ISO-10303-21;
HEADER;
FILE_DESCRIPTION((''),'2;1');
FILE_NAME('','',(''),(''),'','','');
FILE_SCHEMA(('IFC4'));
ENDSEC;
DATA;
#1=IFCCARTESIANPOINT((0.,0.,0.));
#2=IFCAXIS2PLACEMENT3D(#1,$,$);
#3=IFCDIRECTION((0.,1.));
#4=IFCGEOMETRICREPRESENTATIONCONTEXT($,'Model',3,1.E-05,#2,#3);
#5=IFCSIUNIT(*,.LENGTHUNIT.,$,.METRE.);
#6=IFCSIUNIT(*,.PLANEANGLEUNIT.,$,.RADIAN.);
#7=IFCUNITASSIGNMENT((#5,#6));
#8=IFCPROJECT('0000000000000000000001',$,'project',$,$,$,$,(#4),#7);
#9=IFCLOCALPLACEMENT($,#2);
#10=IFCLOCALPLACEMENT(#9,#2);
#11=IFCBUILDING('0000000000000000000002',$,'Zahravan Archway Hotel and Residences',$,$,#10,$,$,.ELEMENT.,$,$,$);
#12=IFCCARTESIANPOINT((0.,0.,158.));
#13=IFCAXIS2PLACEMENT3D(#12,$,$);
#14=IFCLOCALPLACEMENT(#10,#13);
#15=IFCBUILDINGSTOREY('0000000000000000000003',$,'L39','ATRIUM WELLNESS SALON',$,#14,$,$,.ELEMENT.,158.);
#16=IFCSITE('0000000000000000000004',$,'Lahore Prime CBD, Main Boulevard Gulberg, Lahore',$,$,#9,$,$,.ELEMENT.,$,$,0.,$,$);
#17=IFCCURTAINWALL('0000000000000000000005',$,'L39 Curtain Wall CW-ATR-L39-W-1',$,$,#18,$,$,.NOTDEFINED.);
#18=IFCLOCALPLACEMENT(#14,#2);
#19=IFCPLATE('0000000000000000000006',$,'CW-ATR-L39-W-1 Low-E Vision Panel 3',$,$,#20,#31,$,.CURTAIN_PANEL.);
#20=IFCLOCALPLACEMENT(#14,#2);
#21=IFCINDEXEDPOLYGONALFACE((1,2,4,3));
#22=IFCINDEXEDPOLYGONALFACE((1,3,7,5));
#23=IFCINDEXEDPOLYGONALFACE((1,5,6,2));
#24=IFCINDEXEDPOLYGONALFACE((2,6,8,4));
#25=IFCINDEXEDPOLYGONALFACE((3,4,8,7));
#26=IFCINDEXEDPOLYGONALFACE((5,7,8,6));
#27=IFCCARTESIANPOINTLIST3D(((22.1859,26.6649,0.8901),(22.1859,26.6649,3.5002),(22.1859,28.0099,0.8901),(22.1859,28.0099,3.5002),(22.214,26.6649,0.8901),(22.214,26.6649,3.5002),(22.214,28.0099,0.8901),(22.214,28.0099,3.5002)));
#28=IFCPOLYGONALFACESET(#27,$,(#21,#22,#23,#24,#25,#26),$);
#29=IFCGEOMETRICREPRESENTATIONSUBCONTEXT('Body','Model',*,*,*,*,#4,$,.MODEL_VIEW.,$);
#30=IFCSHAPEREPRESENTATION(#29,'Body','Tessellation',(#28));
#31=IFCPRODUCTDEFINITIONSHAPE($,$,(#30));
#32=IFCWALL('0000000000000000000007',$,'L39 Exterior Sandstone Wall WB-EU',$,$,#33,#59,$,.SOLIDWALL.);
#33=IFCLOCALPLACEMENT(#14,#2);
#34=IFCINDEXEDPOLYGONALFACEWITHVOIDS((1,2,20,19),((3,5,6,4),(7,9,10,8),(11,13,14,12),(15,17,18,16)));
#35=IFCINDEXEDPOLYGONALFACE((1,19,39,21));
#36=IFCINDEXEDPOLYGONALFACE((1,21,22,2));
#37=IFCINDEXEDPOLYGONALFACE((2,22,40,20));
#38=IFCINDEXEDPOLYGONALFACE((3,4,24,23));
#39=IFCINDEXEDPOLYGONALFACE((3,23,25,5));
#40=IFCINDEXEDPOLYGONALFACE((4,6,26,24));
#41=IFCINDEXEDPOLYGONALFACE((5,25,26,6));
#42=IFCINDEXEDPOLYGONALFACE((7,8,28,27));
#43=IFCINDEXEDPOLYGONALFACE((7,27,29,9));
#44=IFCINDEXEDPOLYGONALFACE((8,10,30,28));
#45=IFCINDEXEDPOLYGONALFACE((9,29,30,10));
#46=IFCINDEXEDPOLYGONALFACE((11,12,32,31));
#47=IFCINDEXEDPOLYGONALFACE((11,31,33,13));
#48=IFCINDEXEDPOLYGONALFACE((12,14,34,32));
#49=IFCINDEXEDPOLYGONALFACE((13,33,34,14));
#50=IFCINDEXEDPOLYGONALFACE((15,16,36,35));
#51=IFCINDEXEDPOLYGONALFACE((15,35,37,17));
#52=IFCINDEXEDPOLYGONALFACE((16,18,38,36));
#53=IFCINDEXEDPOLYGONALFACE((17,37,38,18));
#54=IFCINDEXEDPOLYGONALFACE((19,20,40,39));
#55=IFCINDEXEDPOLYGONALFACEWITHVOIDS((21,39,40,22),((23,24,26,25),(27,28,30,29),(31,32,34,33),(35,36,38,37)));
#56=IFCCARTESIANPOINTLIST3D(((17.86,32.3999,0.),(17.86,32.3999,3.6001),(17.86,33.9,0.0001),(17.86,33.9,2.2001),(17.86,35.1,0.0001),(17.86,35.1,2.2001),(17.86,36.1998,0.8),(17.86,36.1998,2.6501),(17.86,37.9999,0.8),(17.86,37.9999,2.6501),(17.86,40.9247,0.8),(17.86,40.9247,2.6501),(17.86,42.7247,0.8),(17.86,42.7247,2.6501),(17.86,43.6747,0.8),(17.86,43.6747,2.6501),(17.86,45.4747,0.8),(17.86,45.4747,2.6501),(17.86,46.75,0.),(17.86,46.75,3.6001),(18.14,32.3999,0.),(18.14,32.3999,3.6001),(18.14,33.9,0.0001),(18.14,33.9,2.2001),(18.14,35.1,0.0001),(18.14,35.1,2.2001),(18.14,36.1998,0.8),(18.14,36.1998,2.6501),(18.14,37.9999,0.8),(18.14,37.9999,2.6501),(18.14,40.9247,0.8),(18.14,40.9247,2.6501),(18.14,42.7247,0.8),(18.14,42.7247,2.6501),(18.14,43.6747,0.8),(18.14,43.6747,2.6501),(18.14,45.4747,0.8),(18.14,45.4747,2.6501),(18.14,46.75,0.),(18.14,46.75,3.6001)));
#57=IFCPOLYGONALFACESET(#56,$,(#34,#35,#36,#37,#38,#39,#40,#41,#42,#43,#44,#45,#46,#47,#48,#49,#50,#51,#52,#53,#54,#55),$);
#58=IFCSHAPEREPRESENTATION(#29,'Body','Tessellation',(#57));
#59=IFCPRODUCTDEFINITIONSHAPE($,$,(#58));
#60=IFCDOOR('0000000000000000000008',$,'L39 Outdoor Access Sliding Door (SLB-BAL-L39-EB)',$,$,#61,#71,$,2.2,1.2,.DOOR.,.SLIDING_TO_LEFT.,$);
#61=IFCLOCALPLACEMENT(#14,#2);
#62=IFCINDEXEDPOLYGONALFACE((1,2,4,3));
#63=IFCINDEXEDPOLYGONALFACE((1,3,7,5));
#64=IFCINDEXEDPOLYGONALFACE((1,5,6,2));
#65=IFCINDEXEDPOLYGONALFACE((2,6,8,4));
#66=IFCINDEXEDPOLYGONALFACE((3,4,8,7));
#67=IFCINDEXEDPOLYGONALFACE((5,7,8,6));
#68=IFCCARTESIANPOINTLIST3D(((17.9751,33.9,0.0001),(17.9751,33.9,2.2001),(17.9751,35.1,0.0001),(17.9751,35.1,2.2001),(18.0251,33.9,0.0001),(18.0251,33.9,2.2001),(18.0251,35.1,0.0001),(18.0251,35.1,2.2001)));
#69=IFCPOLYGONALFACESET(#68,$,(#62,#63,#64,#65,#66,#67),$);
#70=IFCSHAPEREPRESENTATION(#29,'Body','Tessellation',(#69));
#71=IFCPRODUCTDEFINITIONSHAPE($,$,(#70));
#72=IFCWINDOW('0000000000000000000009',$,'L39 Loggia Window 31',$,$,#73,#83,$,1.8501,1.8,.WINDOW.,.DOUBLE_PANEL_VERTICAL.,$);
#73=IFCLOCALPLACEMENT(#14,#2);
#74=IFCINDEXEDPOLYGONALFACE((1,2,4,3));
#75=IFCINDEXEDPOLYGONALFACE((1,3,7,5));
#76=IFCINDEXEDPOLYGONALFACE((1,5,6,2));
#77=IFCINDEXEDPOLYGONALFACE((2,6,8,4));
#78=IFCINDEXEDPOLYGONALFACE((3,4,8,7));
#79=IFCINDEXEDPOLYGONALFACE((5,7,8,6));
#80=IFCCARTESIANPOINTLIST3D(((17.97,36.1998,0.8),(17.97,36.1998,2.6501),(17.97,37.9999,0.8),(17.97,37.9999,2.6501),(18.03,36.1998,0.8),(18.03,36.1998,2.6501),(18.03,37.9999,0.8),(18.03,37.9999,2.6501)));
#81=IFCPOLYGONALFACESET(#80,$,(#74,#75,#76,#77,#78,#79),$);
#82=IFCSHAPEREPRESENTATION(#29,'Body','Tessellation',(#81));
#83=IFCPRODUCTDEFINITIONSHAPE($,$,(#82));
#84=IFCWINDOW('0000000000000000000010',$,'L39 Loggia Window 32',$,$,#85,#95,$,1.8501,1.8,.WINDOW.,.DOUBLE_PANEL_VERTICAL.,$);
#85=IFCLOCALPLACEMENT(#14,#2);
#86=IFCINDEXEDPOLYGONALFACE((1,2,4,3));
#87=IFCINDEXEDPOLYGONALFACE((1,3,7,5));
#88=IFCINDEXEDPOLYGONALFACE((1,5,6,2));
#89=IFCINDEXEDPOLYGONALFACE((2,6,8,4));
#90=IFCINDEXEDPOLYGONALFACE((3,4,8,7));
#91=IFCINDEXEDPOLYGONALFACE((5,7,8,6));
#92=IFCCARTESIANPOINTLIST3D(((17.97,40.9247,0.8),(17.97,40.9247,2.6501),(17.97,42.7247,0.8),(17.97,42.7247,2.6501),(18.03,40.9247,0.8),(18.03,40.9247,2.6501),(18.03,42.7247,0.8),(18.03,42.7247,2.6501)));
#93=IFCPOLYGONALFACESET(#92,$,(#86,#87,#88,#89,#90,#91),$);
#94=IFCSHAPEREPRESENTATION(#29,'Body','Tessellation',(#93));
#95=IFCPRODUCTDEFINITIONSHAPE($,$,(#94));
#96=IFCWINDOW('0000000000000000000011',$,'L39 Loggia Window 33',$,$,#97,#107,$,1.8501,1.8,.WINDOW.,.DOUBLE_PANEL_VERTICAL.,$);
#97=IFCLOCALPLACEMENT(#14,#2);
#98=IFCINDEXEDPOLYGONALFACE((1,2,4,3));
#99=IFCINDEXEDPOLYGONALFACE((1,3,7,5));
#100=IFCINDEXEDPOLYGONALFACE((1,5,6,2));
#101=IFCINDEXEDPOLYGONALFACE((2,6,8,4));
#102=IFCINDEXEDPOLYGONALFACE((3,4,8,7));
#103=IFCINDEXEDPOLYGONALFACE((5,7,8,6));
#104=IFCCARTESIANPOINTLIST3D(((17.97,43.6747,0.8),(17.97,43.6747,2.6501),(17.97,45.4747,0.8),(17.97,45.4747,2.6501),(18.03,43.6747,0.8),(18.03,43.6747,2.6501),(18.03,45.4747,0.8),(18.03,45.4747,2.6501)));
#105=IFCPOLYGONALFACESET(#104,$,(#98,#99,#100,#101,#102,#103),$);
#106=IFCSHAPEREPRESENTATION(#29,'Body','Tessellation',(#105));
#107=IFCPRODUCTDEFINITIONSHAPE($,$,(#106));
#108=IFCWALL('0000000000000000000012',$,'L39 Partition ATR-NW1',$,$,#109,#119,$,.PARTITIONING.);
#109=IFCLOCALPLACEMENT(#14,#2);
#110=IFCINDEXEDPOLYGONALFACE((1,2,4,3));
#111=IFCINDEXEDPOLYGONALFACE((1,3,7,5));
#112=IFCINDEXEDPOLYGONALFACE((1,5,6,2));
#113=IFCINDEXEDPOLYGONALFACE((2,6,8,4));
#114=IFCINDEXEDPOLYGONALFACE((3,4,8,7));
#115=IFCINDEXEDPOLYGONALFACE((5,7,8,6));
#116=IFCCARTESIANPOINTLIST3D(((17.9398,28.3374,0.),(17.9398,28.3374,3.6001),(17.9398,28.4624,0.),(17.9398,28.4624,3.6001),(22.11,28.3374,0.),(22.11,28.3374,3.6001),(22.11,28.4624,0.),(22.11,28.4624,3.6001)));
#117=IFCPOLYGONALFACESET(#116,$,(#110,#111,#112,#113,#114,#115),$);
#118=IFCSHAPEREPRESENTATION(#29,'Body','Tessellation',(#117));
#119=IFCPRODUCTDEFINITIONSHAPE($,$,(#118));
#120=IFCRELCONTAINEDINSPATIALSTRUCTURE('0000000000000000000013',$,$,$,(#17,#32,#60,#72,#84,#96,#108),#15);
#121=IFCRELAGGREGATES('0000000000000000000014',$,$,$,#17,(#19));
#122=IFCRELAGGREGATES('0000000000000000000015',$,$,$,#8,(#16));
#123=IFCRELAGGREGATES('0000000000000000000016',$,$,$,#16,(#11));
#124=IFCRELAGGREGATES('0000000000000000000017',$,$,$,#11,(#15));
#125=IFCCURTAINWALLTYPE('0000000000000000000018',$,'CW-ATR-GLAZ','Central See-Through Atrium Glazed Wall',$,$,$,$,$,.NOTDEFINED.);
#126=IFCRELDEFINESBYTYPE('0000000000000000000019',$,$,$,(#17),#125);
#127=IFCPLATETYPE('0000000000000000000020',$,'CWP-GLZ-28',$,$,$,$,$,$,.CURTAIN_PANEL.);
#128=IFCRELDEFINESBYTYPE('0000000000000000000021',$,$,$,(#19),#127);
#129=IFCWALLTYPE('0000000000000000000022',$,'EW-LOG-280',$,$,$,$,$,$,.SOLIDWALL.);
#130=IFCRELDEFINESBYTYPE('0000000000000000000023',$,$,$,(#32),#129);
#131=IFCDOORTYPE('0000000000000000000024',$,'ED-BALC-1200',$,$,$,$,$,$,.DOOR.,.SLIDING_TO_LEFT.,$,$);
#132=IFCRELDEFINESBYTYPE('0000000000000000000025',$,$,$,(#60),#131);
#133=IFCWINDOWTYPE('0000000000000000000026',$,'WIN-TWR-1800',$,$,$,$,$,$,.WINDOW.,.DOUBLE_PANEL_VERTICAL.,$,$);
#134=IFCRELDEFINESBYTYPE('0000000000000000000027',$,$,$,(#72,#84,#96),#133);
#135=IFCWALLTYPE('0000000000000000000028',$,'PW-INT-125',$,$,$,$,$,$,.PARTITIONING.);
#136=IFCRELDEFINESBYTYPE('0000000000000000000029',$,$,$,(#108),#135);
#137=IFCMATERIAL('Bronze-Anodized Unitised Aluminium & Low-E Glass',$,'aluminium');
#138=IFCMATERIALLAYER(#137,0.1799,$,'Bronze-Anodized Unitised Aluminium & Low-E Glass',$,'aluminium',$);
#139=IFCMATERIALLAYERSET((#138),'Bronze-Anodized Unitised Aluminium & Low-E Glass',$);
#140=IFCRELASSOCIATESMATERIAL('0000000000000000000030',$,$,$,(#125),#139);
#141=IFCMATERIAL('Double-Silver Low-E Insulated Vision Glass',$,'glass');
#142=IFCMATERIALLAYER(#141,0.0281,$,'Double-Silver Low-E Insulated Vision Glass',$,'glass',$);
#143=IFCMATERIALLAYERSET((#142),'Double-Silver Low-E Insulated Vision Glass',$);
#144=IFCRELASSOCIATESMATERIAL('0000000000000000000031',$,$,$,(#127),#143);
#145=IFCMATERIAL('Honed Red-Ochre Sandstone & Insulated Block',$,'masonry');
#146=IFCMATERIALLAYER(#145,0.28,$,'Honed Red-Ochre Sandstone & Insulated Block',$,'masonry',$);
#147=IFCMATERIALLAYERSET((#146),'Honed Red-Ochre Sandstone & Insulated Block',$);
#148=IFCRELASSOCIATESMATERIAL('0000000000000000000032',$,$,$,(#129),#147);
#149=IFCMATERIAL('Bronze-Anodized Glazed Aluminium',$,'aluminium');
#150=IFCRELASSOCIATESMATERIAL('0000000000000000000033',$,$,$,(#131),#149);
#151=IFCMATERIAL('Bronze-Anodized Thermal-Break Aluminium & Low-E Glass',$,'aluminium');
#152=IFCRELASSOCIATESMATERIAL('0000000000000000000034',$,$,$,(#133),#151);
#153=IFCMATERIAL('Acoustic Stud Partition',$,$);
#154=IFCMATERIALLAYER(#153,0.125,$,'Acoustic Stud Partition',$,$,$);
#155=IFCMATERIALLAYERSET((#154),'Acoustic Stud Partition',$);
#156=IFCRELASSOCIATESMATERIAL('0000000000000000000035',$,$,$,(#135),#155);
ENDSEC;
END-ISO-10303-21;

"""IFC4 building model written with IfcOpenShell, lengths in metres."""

from ifc_helpers import new_model, si_unit, direction, frame, frame_2d, origin, origin_2d, place, context, subcontext, project, spatial, rectangle, extrude, source, transform, mapped, material, layer, layer_set, type_object, type_shapes, element, fill, aggregate, save


model = new_model("IFC4")

# Units and contexts
model_context = context("Model", 3, precision=1e-05, world=origin(), true_north=direction((0.0, 1.0)))
body_context = subcontext(model_context, "Body", "Model", "MODEL_VIEW")
ifc_project = project(units=[si_unit("LENGTHUNIT", "METRE"), si_unit("PLANEANGLEUNIT", "RADIAN")], contexts=[model_context])

# Site, building, storey
site_placement = place(None, origin())
site = spatial("IfcSite", under=ifc_project, at=site_placement, Name="Lahore Prime CBD, Main Boulevard Gulberg, Lahore", CompositionType="ELEMENT", RefElevation=0.0)
building_placement = place(site_placement, origin())
building = spatial("IfcBuilding", under=site, at=building_placement, Name="Zahravan Archway Hotel and Residences", CompositionType="ELEMENT")
storey_placement = place(building_placement, frame((0.0, 0.0, 158.0)))
storey = spatial("IfcBuildingStorey", under=building, at=storey_placement, Name="L39", Description="ATRIUM WELLNESS SALON", CompositionType="ELEMENT", Elevation=158.0)

# Curtain wall
ifc_material_1 = material(Name="Bronze-Anodized Unitised Aluminium & Low-E Glass", Category="aluminium")
ifc_layer_1 = layer(ifc_material_1, 0.1799, Name="Bronze-Anodized Unitised Aluminium & Low-E Glass", Category="aluminium")
ifc_layer_set_1 = layer_set([ifc_layer_1], Name="Bronze-Anodized Unitised Aluminium & Low-E Glass")
curtain_wall_type = type_object("IfcCurtainWallType", Name="CW-ATR-GLAZ", Description="Central See-Through Atrium Glazed Wall", PredefinedType="NOTDEFINED", material=ifc_layer_set_1)
curtain_wall_1_placement = place(storey_placement, origin())
curtain_wall_1 = element("IfcCurtainWall", 1, at=curtain_wall_1_placement, inside=storey, type_object=curtain_wall_type, Name="L39 Curtain Wall CW-ATR-L39-W-1", PredefinedType="NOTDEFINED")

# Plate
ifc_material_2 = material(Name="Double-Silver Low-E Insulated Vision Glass", Category="glass")
ifc_layer_2 = layer(ifc_material_2, 0.0281, Name="Double-Silver Low-E Insulated Vision Glass", Category="glass")
ifc_layer_set_2 = layer_set([ifc_layer_2], Name="Double-Silver Low-E Insulated Vision Glass")
plate_type_1 = type_object("IfcPlateType", Name="CWP-GLZ-28", PredefinedType="CURTAIN_PANEL", material=ifc_layer_set_2)
shared_shape_1 = source(origin(), body_context, "Body", "SweptSolid", [
    extrude(rectangle(XDim=1.345, YDim=0.0281, at=origin_2d()), origin(), (0.0, 0.0, 1.0), 2.6101),
])
plate_1_placement = place(storey_placement, frame((22.2, 27.3374, 0.8901), z_axis=(0.0, 0.0, 1.0), x_axis=(0.0, 1.0, 0.0)))
plate_1 = element("IfcPlate", 2, at=plate_1_placement, type_object=plate_type_1, Name="CW-ATR-L39-W-1 Low-E Vision Panel 3", PredefinedType="CURTAIN_PANEL", context=body_context, shape_type="MappedRepresentation", body=[
    mapped(shared_shape_1, transform((0.0, 0.0, 0.0), scale=1.0)),
])
aggregate(curtain_wall_1, [plate_1])

# Wall, openings, door, windows
ifc_material_3 = material(Name="Honed Red-Ochre Sandstone & Insulated Block", Category="masonry")
ifc_layer_3 = layer(ifc_material_3, 0.28, Name="Honed Red-Ochre Sandstone & Insulated Block", Category="masonry")
ifc_layer_set_3 = layer_set([ifc_layer_3], Name="Honed Red-Ochre Sandstone & Insulated Block")
wall_type_1 = type_object("IfcWallType", Name="EW-LOG-280", PredefinedType="SOLIDWALL", material=ifc_layer_set_3)
wall_1_placement = place(storey_placement, frame((18.0, 32.3999, 0.0), z_axis=(0.0, 0.0, 1.0), x_axis=(0.0, 1.0, 0.0)))
wall_1 = element("IfcWall", 3, at=wall_1_placement, inside=storey, type_object=wall_type_1, Name="L39 Exterior Sandstone Wall WB-EU", PredefinedType="SOLIDWALL", context=body_context, shape_type="SweptSolid", body=[
    extrude(rectangle(XDim=14.3501, YDim=0.28, at=frame_2d((7.175, 0.0))), origin(), (0.0, 0.0, 1.0), 3.6001),
])
opening_1_placement = place(wall_1_placement, frame((1.5, 0.0, 0.0)))
opening_1 = element("IfcOpeningElement", 4, at=opening_1_placement, cuts=wall_1, PredefinedType="OPENING", context=body_context, shape_type="SweptSolid", body=[
    extrude(rectangle(XDim=1.2, YDim=2.2, at=frame_2d((0.6001, 1.1001))), frame((0.0, 0.1499, 0.0), z_axis=(0.0, -1.0, 0.0), x_axis=(1.0, 0.0, 0.0)), (0.0, 0.0, 1.0), 0.3),
])
opening_2_placement = place(wall_1_placement, frame((3.8, 0.0, 0.8)))
opening_2 = element("IfcOpeningElement", 5, at=opening_2_placement, cuts=wall_1, PredefinedType="OPENING", context=body_context, shape_type="SweptSolid", body=[
    extrude(rectangle(XDim=1.8, YDim=1.8501, at=frame_2d((0.8999, 0.925))), frame((0.0, 0.1499, 0.0), z_axis=(0.0, -1.0, 0.0), x_axis=(1.0, 0.0, 0.0)), (0.0, 0.0, 1.0), 0.3),
])
opening_3_placement = place(wall_1_placement, frame((8.5249, 0.0, 0.8)))
opening_3 = element("IfcOpeningElement", 6, at=opening_3_placement, cuts=wall_1, PredefinedType="OPENING", context=body_context, shape_type="SweptSolid", body=[
    extrude(rectangle(XDim=1.8, YDim=1.8501, at=frame_2d((0.8999, 0.925))), frame((0.0, 0.1499, 0.0), z_axis=(0.0, -1.0, 0.0), x_axis=(1.0, 0.0, 0.0)), (0.0, 0.0, 1.0), 0.3),
])
opening_4_placement = place(wall_1_placement, frame((11.2749, 0.0, 0.8)))
opening_4 = element("IfcOpeningElement", 7, at=opening_4_placement, cuts=wall_1, PredefinedType="OPENING", context=body_context, shape_type="SweptSolid", body=[
    extrude(rectangle(XDim=1.8, YDim=1.8501, at=frame_2d((0.8999, 0.925))), frame((0.0, 0.1499, 0.0), z_axis=(0.0, -1.0, 0.0), x_axis=(1.0, 0.0, 0.0)), (0.0, 0.0, 1.0), 0.3),
])
ifc_material_4 = material(Name="Bronze-Anodized Glazed Aluminium", Category="aluminium")
door_type = type_object("IfcDoorType", Name="ED-BALC-1200", OperationType="SLIDING_TO_LEFT", PredefinedType="DOOR", material=ifc_material_4)
shared_shape_2 = source(origin(), body_context, "Body", "SweptSolid", [
    extrude(rectangle(XDim=1.2, YDim=2.2, at=frame_2d((0.6001, 1.1001))), frame((0.0, 0.0249, 0.0), z_axis=(0.0, -1.0, 0.0), x_axis=(1.0, 0.0, 0.0)), (0.0, 0.0, 1.0), 0.05),
])
type_shapes(door_type, [shared_shape_2])
door_placement = place(opening_1_placement, origin())
door = element("IfcDoor", 8, at=door_placement, inside=storey, type_object=door_type, Name="L39 Outdoor Access Sliding Door (SLB-BAL-L39-EB)", OperationType="SLIDING_TO_LEFT", OverallHeight=2.2, OverallWidth=1.2, PredefinedType="DOOR", context=body_context, shape_type="MappedRepresentation", body=[
    mapped(shared_shape_2, transform((0.0, 0.0, 0.0), scale=1.0)),
])
fill(opening_1, door)
ifc_material_5 = material(Name="Bronze-Anodized Thermal-Break Aluminium & Low-E Glass", Category="aluminium")
window_type = type_object("IfcWindowType", Name="WIN-TWR-1800", PartitioningType="DOUBLE_PANEL_VERTICAL", PredefinedType="WINDOW", material=ifc_material_5)
shared_shape_3 = source(origin(), body_context, "Body", "SweptSolid", [
    extrude(rectangle(XDim=1.8, YDim=1.8501, at=frame_2d((0.8999, 0.925))), frame((0.0, 0.03, 0.0), z_axis=(0.0, -1.0, 0.0), x_axis=(1.0, 0.0, 0.0)), (0.0, 0.0, 1.0), 0.0601),
])
type_shapes(window_type, [shared_shape_3])
window_1_placement = place(opening_2_placement, origin())
window_1 = element("IfcWindow", 9, at=window_1_placement, inside=storey, type_object=window_type, Name="L39 Loggia Window 31", OverallHeight=1.8501, OverallWidth=1.8, PartitioningType="DOUBLE_PANEL_VERTICAL", PredefinedType="WINDOW", context=body_context, shape_type="MappedRepresentation", body=[
    mapped(shared_shape_3, transform((0.0, 0.0, 0.0), scale=1.0)),
])
fill(opening_2, window_1)
window_2_placement = place(opening_3_placement, origin())
window_2 = element("IfcWindow", 10, at=window_2_placement, inside=storey, type_object=window_type, Name="L39 Loggia Window 32", OverallHeight=1.8501, OverallWidth=1.8, PartitioningType="DOUBLE_PANEL_VERTICAL", PredefinedType="WINDOW", context=body_context, shape_type="MappedRepresentation", body=[
    mapped(shared_shape_3, transform((0.0, 0.0, 0.0), scale=1.0)),
])
fill(opening_3, window_2)
window_3_placement = place(opening_4_placement, origin())
window_3 = element("IfcWindow", 11, at=window_3_placement, inside=storey, type_object=window_type, Name="L39 Loggia Window 33", OverallHeight=1.8501, OverallWidth=1.8, PartitioningType="DOUBLE_PANEL_VERTICAL", PredefinedType="WINDOW", context=body_context, shape_type="MappedRepresentation", body=[
    mapped(shared_shape_3, transform((0.0, 0.0, 0.0), scale=1.0)),
])
fill(opening_4, window_3)

# Wall
ifc_material_6 = material(Name="Acoustic Stud Partition")
ifc_layer_4 = layer(ifc_material_6, 0.125, Name="Acoustic Stud Partition")
ifc_layer_set_4 = layer_set([ifc_layer_4], Name="Acoustic Stud Partition")
wall_type_2 = type_object("IfcWallType", Name="PW-INT-125", PredefinedType="PARTITIONING", material=ifc_layer_set_4)
wall_2_placement = place(storey_placement, frame((17.9399, 28.3999, 0.0), z_axis=(0.0, 0.0, 1.0), x_axis=(1.0, 0.0, 0.0)))
element("IfcWall", 12, at=wall_2_placement, inside=storey, type_object=wall_type_2, Name="L39 Partition ATR-NW1", PredefinedType="PARTITIONING", context=body_context, shape_type="SweptSolid", body=[
    extrude(rectangle(XDim=4.1702, YDim=0.125, at=frame_2d((2.085, 0.0))), origin(), (0.0, 0.0, 1.0), 3.6001),
])

save(model, "model.ifc")
